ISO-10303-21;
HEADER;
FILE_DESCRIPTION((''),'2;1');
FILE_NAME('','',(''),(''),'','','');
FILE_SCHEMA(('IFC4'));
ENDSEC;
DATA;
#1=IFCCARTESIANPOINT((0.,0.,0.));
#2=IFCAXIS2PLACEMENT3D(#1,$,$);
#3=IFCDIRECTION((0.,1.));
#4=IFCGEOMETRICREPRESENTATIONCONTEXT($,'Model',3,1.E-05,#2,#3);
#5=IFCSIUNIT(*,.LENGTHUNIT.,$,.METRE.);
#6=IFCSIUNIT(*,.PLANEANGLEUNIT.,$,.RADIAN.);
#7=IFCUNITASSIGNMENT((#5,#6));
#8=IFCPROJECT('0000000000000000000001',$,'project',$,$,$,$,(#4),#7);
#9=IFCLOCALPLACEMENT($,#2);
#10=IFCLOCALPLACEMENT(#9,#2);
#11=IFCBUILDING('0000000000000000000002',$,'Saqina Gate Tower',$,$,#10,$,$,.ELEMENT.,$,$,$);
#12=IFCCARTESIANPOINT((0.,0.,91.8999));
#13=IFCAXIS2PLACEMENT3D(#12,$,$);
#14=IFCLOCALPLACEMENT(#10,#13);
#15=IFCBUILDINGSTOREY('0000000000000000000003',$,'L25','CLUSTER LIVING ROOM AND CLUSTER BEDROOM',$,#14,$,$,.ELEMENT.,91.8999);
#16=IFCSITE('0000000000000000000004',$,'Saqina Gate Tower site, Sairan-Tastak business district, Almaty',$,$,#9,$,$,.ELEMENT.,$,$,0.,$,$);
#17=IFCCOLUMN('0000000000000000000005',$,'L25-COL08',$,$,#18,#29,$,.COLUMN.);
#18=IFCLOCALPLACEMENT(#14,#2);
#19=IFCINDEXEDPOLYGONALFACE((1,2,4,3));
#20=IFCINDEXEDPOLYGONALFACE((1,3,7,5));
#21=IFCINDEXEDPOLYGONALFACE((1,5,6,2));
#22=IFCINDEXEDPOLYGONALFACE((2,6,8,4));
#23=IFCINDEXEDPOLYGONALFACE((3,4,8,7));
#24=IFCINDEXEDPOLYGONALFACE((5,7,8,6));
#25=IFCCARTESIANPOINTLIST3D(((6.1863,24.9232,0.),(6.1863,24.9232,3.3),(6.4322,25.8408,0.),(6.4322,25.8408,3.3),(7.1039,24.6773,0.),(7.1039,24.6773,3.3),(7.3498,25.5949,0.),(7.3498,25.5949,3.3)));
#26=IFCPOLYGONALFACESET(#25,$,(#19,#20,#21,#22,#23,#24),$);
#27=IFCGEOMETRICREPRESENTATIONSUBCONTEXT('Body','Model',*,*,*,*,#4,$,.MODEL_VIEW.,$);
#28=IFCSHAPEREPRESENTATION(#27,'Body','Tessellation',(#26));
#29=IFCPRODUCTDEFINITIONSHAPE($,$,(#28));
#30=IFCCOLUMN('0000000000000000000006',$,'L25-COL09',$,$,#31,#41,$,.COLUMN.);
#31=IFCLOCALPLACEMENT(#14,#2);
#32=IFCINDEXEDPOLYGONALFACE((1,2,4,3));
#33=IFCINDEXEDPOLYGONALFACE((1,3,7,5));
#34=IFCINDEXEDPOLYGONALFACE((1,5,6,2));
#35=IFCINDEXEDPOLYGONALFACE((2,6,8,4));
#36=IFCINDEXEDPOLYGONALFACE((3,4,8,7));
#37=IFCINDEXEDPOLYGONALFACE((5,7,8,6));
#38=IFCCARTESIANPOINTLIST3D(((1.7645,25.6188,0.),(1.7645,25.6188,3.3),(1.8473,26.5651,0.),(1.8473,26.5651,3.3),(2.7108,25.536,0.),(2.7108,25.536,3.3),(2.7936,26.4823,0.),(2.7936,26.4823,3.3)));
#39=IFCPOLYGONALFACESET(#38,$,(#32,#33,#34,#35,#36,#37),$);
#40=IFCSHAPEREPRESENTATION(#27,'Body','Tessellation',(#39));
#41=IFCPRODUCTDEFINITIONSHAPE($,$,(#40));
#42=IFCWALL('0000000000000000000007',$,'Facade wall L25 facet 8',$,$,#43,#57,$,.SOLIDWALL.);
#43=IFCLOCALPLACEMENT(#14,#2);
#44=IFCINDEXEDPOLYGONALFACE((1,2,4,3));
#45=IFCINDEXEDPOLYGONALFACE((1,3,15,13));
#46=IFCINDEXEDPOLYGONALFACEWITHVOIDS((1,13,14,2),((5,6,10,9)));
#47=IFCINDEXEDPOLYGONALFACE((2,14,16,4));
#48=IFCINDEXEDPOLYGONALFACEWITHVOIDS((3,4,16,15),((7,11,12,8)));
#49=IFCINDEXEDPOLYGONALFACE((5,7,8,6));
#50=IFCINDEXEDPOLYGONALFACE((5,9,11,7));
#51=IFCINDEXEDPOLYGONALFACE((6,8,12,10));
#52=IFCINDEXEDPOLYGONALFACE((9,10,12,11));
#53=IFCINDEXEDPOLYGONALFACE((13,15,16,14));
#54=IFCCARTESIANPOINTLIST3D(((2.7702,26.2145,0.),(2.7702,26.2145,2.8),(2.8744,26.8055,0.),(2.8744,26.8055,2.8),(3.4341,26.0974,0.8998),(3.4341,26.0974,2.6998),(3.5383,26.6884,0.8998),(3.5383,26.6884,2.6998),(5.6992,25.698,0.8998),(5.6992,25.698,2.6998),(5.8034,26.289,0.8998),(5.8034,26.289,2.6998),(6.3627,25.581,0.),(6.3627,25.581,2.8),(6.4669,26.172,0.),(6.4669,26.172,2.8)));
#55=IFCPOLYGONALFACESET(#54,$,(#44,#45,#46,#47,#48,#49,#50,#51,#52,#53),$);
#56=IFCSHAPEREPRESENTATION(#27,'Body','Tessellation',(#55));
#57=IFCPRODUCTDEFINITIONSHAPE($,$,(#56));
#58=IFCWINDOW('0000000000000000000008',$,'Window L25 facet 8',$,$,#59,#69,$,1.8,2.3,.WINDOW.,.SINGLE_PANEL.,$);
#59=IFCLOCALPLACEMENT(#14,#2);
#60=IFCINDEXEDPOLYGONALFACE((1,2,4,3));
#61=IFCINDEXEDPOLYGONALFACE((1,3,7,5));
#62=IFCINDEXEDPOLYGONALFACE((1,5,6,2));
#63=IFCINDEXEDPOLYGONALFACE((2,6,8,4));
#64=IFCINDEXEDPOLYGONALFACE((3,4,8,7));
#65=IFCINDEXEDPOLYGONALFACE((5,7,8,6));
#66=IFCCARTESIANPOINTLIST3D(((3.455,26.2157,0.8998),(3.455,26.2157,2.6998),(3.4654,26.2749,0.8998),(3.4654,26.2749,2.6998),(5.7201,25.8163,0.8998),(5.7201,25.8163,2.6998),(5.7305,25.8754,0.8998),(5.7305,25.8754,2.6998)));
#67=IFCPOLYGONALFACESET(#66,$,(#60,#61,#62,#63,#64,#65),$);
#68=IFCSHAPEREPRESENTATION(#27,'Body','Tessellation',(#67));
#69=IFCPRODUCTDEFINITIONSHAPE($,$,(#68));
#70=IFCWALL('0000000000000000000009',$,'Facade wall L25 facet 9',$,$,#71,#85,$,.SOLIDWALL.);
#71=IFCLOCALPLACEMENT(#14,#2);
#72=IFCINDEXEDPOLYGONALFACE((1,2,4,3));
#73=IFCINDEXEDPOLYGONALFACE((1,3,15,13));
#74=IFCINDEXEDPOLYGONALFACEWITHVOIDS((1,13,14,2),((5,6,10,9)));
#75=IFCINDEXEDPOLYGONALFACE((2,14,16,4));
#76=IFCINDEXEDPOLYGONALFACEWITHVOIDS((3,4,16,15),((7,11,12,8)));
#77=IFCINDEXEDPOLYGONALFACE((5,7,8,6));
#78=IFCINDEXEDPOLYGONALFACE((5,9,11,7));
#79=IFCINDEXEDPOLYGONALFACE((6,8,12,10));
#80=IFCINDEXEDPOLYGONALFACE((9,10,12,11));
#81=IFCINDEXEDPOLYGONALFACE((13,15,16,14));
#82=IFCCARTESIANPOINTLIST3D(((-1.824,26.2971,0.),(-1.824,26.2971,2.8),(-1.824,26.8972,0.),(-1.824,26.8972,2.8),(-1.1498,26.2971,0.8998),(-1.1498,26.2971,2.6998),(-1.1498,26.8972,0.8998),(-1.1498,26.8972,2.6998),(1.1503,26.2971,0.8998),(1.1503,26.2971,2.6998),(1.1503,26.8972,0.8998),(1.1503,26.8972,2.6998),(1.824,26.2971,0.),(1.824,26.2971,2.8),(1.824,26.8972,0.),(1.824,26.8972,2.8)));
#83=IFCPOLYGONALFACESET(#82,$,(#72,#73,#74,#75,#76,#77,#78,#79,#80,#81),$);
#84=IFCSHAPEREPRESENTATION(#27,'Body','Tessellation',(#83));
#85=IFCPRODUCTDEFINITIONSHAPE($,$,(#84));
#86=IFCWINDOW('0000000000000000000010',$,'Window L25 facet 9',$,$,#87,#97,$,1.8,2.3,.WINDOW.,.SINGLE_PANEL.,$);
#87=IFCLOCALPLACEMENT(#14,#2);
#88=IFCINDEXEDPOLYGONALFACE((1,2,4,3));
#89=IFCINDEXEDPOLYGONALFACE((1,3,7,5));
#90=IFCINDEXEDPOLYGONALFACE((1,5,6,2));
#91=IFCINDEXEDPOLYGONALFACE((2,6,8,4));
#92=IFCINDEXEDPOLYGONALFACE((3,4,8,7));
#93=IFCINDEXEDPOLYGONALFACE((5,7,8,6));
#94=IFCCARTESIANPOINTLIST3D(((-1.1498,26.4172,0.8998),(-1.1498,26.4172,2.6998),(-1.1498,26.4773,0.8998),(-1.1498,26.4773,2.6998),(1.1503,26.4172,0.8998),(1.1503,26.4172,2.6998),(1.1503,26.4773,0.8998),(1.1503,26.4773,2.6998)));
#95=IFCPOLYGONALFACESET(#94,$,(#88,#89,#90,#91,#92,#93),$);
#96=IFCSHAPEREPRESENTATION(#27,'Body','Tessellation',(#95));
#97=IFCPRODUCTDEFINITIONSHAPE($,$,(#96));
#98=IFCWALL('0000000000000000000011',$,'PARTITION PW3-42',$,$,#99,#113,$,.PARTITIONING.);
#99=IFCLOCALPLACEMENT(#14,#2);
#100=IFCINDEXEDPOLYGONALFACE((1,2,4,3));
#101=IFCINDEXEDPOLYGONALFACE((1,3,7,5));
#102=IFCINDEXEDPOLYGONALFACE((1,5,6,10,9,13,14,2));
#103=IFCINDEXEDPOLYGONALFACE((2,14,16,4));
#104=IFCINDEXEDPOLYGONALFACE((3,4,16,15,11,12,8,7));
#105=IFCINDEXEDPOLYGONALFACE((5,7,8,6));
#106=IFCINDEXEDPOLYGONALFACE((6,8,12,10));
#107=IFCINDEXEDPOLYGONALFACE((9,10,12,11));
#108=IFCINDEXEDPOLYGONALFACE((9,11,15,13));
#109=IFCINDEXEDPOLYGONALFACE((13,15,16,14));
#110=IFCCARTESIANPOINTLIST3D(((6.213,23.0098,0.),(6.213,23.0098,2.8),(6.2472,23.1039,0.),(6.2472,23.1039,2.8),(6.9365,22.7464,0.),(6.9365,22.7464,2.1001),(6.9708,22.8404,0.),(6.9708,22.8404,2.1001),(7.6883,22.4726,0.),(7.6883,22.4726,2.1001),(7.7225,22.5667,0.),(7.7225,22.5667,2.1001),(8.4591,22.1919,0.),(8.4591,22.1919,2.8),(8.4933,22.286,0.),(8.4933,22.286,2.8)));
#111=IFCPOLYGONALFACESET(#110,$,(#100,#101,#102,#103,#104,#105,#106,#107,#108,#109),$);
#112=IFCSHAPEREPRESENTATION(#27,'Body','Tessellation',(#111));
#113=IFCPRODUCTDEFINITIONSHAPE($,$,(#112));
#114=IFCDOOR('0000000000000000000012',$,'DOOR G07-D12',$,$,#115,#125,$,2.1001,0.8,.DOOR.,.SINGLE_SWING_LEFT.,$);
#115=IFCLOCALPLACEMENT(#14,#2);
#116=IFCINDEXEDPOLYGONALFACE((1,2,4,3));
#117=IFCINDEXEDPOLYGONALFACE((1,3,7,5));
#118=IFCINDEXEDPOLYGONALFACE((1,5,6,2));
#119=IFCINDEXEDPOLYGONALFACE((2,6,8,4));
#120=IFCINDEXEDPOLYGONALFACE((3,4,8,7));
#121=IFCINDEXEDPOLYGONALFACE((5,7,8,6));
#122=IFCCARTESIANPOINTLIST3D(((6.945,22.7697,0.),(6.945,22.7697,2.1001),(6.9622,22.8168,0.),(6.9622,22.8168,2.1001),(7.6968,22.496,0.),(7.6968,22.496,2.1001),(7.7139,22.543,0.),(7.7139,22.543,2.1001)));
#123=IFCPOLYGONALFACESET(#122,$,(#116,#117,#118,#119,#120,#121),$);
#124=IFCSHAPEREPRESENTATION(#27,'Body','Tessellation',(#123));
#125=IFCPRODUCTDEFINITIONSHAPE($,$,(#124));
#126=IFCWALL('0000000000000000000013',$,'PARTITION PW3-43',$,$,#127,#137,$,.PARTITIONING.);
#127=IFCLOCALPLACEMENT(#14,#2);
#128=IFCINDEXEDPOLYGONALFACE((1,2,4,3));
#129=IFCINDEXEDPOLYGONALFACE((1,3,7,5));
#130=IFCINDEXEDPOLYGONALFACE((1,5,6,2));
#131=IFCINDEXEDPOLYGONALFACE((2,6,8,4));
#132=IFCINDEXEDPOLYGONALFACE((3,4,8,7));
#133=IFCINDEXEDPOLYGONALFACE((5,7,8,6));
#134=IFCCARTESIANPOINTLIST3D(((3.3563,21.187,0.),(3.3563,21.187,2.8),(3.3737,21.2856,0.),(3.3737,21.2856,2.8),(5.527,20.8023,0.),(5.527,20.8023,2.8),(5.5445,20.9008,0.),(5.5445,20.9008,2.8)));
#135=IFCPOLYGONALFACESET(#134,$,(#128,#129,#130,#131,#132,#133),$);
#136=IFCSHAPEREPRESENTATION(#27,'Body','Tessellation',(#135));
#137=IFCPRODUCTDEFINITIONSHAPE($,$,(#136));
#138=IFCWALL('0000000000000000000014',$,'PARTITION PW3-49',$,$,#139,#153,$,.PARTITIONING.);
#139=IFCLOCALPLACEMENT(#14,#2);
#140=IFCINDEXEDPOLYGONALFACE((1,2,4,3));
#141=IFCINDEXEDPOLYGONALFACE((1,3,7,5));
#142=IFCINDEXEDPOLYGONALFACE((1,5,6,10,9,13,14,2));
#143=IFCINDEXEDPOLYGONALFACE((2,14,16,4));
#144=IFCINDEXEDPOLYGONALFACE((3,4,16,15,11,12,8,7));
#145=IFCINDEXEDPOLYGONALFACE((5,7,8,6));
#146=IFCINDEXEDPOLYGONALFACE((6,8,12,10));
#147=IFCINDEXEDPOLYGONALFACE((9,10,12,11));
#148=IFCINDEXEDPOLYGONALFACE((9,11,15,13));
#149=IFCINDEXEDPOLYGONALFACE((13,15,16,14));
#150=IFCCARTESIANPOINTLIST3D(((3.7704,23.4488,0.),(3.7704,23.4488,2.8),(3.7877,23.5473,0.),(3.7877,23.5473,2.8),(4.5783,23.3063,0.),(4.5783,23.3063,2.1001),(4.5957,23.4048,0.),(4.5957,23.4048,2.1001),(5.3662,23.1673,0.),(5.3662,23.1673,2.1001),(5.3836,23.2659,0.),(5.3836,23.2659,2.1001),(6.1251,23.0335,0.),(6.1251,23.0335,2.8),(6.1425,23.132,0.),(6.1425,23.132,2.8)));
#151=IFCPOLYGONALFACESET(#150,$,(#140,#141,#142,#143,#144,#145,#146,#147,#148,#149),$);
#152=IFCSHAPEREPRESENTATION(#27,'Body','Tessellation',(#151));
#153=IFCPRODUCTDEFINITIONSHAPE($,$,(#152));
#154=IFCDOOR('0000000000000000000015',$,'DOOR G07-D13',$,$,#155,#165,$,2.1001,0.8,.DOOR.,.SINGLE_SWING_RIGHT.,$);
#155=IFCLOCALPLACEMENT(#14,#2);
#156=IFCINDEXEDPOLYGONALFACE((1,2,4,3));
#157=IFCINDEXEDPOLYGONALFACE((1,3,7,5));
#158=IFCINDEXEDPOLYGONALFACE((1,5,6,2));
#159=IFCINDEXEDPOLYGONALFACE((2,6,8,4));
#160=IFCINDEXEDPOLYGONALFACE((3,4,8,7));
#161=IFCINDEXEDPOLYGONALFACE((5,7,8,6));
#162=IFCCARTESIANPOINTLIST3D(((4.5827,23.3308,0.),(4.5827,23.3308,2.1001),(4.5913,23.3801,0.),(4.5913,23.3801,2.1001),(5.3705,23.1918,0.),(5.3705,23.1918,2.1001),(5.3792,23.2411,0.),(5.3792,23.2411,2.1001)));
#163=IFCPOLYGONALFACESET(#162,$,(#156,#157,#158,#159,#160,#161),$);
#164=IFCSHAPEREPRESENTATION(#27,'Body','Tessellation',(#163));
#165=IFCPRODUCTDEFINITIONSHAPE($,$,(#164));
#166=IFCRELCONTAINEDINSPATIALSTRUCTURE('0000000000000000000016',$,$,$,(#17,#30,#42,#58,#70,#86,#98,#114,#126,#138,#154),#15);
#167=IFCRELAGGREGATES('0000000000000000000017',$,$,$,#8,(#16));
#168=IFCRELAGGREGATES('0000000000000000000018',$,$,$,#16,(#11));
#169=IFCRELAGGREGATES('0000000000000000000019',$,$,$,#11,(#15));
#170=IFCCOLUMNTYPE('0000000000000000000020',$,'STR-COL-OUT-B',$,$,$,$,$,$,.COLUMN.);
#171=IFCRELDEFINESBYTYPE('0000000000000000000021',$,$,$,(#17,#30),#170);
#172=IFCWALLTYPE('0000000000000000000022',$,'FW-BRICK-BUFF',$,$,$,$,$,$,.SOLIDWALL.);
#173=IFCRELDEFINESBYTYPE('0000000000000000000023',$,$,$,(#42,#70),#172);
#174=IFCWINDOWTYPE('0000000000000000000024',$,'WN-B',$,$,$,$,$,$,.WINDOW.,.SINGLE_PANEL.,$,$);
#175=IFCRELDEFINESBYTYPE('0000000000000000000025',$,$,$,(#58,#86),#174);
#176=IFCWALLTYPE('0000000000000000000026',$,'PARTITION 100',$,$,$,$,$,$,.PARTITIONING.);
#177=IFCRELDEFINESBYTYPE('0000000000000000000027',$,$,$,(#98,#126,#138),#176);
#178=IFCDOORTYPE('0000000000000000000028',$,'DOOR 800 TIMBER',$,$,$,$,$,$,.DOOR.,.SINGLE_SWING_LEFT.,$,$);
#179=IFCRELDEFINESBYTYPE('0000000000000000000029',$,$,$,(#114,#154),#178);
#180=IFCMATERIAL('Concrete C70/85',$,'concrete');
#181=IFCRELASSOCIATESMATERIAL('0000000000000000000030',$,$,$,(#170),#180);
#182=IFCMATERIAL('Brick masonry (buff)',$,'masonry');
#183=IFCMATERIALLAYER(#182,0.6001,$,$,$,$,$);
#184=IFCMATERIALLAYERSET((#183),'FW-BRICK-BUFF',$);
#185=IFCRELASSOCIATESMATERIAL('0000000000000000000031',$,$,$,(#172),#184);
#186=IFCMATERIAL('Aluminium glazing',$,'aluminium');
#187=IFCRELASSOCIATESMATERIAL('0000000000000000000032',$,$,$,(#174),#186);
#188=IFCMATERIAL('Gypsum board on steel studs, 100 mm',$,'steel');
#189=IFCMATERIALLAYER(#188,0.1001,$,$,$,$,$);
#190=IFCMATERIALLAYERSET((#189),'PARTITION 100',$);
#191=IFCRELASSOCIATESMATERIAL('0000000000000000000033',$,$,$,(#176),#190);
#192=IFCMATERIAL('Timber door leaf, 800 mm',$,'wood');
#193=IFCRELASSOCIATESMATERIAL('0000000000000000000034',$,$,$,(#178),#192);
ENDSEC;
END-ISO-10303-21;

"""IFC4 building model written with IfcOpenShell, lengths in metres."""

from ifc_helpers import new_model, si_unit, direction, frame, frame_2d, origin, origin_2d, place, context, subcontext, project, spatial, rectangle, extrude, material, layer, layer_set, material_profile, profile_set, type_object, element, fill, save


model = new_model("IFC4")

# Units and contexts
model_context = context("Model", 3, precision=1e-05, world=origin(), true_north=direction((0.0, 1.0)))
body_context = subcontext(model_context, "Body", "Model", "MODEL_VIEW")
ifc_project = project(units=[si_unit("LENGTHUNIT", "METRE"), si_unit("PLANEANGLEUNIT", "RADIAN")], contexts=[model_context])

# Site, building, storey
site_placement = place(None, origin())
site = spatial("IfcSite", under=ifc_project, at=site_placement, Name="Saqina Gate Tower site, Sairan-Tastak business district, Almaty", CompositionType="ELEMENT", RefElevation=0.0)
building_placement = place(site_placement, origin())
building = spatial("IfcBuilding", under=site, at=building_placement, Name="Saqina Gate Tower", CompositionType="ELEMENT")
storey_placement = place(building_placement, frame((0.0, 0.0, 91.8999)))
storey = spatial("IfcBuildingStorey", under=building, at=storey_placement, Name="L25", Description="CLUSTER LIVING ROOM AND CLUSTER BEDROOM", CompositionType="ELEMENT", Elevation=91.8999)

# Columns
ifc_material_1 = material(Name="Concrete C70/85", Category="concrete")
ifc_material_profile = material_profile(ifc_material_1, rectangle(XDim=0.95, YDim=0.95, at=origin_2d()), Name="RC 950x950")
ifc_profile_set = profile_set([ifc_material_profile], Name="Concrete C70/85")
column_type = type_object("IfcColumnType", Name="STR-COL-OUT-B", PredefinedType="COLUMN", material=ifc_profile_set)
for number, where, z_axis, x_axis, name in (
    (1, (6.7681, 25.259, 0.0), (0.0, 0.0, 1.0), (0.258819, 0.965926, 0.0), "L25-COL08"),
    (2, (2.2791, 26.0505, 0.0), (0.0, 0.0, 1.0), (0.087156, 0.996195, 0.0), "L25-COL09"),
):
    element("IfcColumn", number, at=place(storey_placement, frame(where, z_axis=z_axis, x_axis=x_axis)), inside=storey, type_object=column_type, Name=name, PredefinedType="COLUMN", context=body_context, shape_type="SweptSolid", body=[
        extrude(rectangle(XDim=0.95, YDim=0.95, at=origin_2d()), origin(), (0.0, 0.0, 1.0), 3.3),
    ])

# Walls, openings, windows
ifc_material_2 = material(Name="Brick masonry (buff)", Category="masonry")
ifc_layer_1 = layer(ifc_material_2, 0.6001)
ifc_layer_set_1 = layer_set([ifc_layer_1], Name="FW-BRICK-BUFF")
wall_type_1 = type_object("IfcWallType", Name="FW-BRICK-BUFF", PredefinedType="SOLIDWALL", material=ifc_layer_set_1)
wall_1_placement = place(storey_placement, frame((6.4148, 25.8765, 0.0), z_axis=(0.0, 0.0, 1.0), x_axis=(-0.984804, 0.173671, 0.0)))
wall_1 = element("IfcWall", 3, at=wall_1_placement, inside=storey, type_object=wall_type_1, Name="Facade wall L25 facet 8", PredefinedType="SOLIDWALL", context=body_context, shape_type="SweptSolid", body=[
    extrude(rectangle(XDim=3.6479, YDim=0.6001, at=frame_2d((1.824, 0.0))), origin(), (0.0, 0.0, 1.0), 2.8),
])
opening_1_placement = place(wall_1_placement, frame((0.6738, 0.0, 0.8999)))
opening_1 = element("IfcOpeningElement", 4, at=opening_1_placement, cuts=wall_1, PredefinedType="OPENING", context=body_context, shape_type="SweptSolid", body=[
    extrude(rectangle(XDim=2.3, YDim=1.8, at=frame_2d((1.1499, 0.8999))), frame((0.0, 0.312, 0.0), z_axis=(0.0, -1.0, 0.0), x_axis=(1.0, 0.0, 0.0)), (0.0, 0.0, 1.0), 0.624),
])
ifc_material_3 = material(Name="Aluminium glazing", Category="aluminium")
window_type = type_object("IfcWindowType", Name="WN-B", PartitioningType="SINGLE_PANEL", PredefinedType="WINDOW", material=ifc_material_3)
window_1_placement = place(opening_1_placement, origin())
window_1 = element("IfcWindow", 5, at=window_1_placement, inside=storey, type_object=window_type, Name="Window L25 facet 8", OverallHeight=1.8, OverallWidth=2.3, PartitioningType="SINGLE_PANEL", PredefinedType="WINDOW", context=body_context, shape_type="SweptSolid", body=[
    extrude(rectangle(XDim=2.3, YDim=1.8, at=frame_2d((1.1499, 0.8999))), frame((0.0, 0.1799, 0.0), z_axis=(0.0, -1.0, 0.0), x_axis=(1.0, 0.0, 0.0)), (0.0, 0.0, 1.0), 0.0601),
])
fill(opening_1, window_1)
wall_2_placement = place(storey_placement, frame((1.824, 26.5972, 0.0), z_axis=(0.0, 0.0, 1.0), x_axis=(-1.0, 0.0, 0.0)))
wall_2 = element("IfcWall", 6, at=wall_2_placement, inside=storey, type_object=wall_type_1, Name="Facade wall L25 facet 9", PredefinedType="SOLIDWALL", context=body_context, shape_type="SweptSolid", body=[
    extrude(rectangle(XDim=3.6479, YDim=0.6001, at=frame_2d((1.824, 0.0))), origin(), (0.0, 0.0, 1.0), 2.8),
])
opening_2_placement = place(wall_2_placement, frame((0.6738, 0.0, 0.8999)))
opening_2 = element("IfcOpeningElement", 7, at=opening_2_placement, cuts=wall_2, PredefinedType="OPENING", context=body_context, shape_type="SweptSolid", body=[
    extrude(rectangle(XDim=2.3, YDim=1.8, at=frame_2d((1.1499, 0.8999))), frame((0.0, 0.312, 0.0), z_axis=(0.0, -1.0, 0.0), x_axis=(1.0, 0.0, 0.0)), (0.0, 0.0, 1.0), 0.624),
])
window_2_placement = place(opening_2_placement, origin())
window_2 = element("IfcWindow", 8, at=window_2_placement, inside=storey, type_object=window_type, Name="Window L25 facet 9", OverallHeight=1.8, OverallWidth=2.3, PartitioningType="SINGLE_PANEL", PredefinedType="WINDOW", context=body_context, shape_type="SweptSolid", body=[
    extrude(rectangle(XDim=2.3, YDim=1.8, at=frame_2d((1.1499, 0.8999))), frame((0.0, 0.1799, 0.0), z_axis=(0.0, -1.0, 0.0), x_axis=(1.0, 0.0, 0.0)), (0.0, 0.0, 1.0), 0.0601),
])
fill(opening_2, window_2)

# Wall, opening, door
ifc_material_4 = material(Name="Gypsum board on steel studs, 100 mm", Category="steel")
ifc_layer_2 = layer(ifc_material_4, 0.1001)
ifc_layer_set_2 = layer_set([ifc_layer_2], Name="PARTITION 100")
wall_type_2 = type_object("IfcWallType", Name="PARTITION 100", PredefinedType="PARTITIONING", material=ifc_layer_set_2)
wall_3_placement = place(storey_placement, frame((6.23, 23.0569, 0.0), z_axis=(0.0, 0.0, 1.0), x_axis=(0.939644, -0.342153, 0.0)))
wall_3 = element("IfcWall", 9, at=wall_3_placement, inside=storey, type_object=wall_type_2, Name="PARTITION PW3-42", PredefinedType="PARTITIONING", context=body_context, shape_type="SweptSolid", body=[
    extrude(rectangle(XDim=2.3904, YDim=0.1001, at=frame_2d((1.1953, 0.0))), origin(), (0.0, 0.0, 1.0), 2.8),
])
opening_3_placement = place(wall_3_placement, frame((0.7703, 0.0, 0.0)))
opening_3 = element("IfcOpeningElement", 10, at=opening_3_placement, cuts=wall_3, PredefinedType="OPENING", context=body_context, shape_type="SweptSolid", body=[
    extrude(rectangle(XDim=0.8, YDim=2.1001, at=frame_2d((0.3999, 1.05))), frame((0.0, 0.062, 0.0), z_axis=(0.0, -1.0, 0.0), x_axis=(1.0, 0.0, 0.0)), (0.0, 0.0, 1.0), 0.124),
])
ifc_material_5 = material(Name="Timber door leaf, 800 mm", Category="wood")
door_type_1 = type_object("IfcDoorType", Name="DOOR 800 TIMBER", OperationType="SINGLE_SWING_LEFT", PredefinedType="DOOR", material=ifc_material_5)
door_1_placement = place(opening_3_placement, origin())
door_1 = element("IfcDoor", 11, at=door_1_placement, inside=storey, type_object=door_type_1, Name="DOOR G07-D12", OperationType="SINGLE_SWING_LEFT", OverallHeight=2.1001, OverallWidth=0.8, PredefinedType="DOOR", context=body_context, shape_type="SweptSolid", body=[
    extrude(rectangle(XDim=0.8, YDim=2.1001, at=frame_2d((0.3999, 1.05))), frame((0.0, 0.0249, 0.0), z_axis=(0.0, -1.0, 0.0), x_axis=(1.0, 0.0, 0.0)), (0.0, 0.0, 1.0), 0.05),
])
fill(opening_3, door_1)

# Wall
wall_4_placement = place(storey_placement, frame((3.365, 21.2363, 0.0), z_axis=(0.0, 0.0, 1.0), x_axis=(0.984651, -0.174537, 0.0)))
element("IfcWall", 12, at=wall_4_placement, inside=storey, type_object=wall_type_2, Name="PARTITION PW3-43", PredefinedType="PARTITIONING", context=body_context, shape_type="SweptSolid", body=[
    extrude(rectangle(XDim=2.2046, YDim=0.1001, at=frame_2d((1.1023, 0.0))), origin(), (0.0, 0.0, 1.0), 2.8),
])

# Wall, opening, door
wall_5_placement = place(storey_placement, frame((3.7791, 23.498, 0.0), z_axis=(0.0, 0.0, 1.0), x_axis=(0.984802, -0.17368, 0.0)))
wall_5 = element("IfcWall", 13, at=wall_5_placement, inside=storey, type_object=wall_type_2, Name="PARTITION PW3-49", PredefinedType="PARTITIONING", context=body_context, shape_type="SweptSolid", body=[
    extrude(rectangle(XDim=2.3911, YDim=0.1001, at=frame_2d((1.1956, 0.0))), origin(), (0.0, 0.0, 1.0), 2.8),
])
opening_4_placement = place(wall_5_placement, frame((0.8206, 0.0, 0.0)))
opening_4 = element("IfcOpeningElement", 14, at=opening_4_placement, cuts=wall_5, PredefinedType="OPENING", context=body_context, shape_type="SweptSolid", body=[
    extrude(rectangle(XDim=0.8, YDim=2.1001, at=frame_2d((0.3999, 1.05))), frame((0.0, 0.062, 0.0), z_axis=(0.0, -1.0, 0.0), x_axis=(1.0, 0.0, 0.0)), (0.0, 0.0, 1.0), 0.124),
])
door_2_placement = place(opening_4_placement, origin())
door_2 = element("IfcDoor", 15, at=door_2_placement, inside=storey, type_object=door_type_1, Name="DOOR G07-D13", OperationType="SINGLE_SWING_RIGHT", OverallHeight=2.1001, OverallWidth=0.8, PredefinedType="DOOR", context=body_context, shape_type="SweptSolid", body=[
    extrude(rectangle(XDim=0.8, YDim=2.1001, at=frame_2d((0.3999, 1.05))), frame((0.0, 0.0249, 0.0), z_axis=(0.0, -1.0, 0.0), x_axis=(1.0, 0.0, 0.0)), (0.0, 0.0, 1.0), 0.05),
])
fill(opening_4, door_2)

save(model, "model.ifc")
